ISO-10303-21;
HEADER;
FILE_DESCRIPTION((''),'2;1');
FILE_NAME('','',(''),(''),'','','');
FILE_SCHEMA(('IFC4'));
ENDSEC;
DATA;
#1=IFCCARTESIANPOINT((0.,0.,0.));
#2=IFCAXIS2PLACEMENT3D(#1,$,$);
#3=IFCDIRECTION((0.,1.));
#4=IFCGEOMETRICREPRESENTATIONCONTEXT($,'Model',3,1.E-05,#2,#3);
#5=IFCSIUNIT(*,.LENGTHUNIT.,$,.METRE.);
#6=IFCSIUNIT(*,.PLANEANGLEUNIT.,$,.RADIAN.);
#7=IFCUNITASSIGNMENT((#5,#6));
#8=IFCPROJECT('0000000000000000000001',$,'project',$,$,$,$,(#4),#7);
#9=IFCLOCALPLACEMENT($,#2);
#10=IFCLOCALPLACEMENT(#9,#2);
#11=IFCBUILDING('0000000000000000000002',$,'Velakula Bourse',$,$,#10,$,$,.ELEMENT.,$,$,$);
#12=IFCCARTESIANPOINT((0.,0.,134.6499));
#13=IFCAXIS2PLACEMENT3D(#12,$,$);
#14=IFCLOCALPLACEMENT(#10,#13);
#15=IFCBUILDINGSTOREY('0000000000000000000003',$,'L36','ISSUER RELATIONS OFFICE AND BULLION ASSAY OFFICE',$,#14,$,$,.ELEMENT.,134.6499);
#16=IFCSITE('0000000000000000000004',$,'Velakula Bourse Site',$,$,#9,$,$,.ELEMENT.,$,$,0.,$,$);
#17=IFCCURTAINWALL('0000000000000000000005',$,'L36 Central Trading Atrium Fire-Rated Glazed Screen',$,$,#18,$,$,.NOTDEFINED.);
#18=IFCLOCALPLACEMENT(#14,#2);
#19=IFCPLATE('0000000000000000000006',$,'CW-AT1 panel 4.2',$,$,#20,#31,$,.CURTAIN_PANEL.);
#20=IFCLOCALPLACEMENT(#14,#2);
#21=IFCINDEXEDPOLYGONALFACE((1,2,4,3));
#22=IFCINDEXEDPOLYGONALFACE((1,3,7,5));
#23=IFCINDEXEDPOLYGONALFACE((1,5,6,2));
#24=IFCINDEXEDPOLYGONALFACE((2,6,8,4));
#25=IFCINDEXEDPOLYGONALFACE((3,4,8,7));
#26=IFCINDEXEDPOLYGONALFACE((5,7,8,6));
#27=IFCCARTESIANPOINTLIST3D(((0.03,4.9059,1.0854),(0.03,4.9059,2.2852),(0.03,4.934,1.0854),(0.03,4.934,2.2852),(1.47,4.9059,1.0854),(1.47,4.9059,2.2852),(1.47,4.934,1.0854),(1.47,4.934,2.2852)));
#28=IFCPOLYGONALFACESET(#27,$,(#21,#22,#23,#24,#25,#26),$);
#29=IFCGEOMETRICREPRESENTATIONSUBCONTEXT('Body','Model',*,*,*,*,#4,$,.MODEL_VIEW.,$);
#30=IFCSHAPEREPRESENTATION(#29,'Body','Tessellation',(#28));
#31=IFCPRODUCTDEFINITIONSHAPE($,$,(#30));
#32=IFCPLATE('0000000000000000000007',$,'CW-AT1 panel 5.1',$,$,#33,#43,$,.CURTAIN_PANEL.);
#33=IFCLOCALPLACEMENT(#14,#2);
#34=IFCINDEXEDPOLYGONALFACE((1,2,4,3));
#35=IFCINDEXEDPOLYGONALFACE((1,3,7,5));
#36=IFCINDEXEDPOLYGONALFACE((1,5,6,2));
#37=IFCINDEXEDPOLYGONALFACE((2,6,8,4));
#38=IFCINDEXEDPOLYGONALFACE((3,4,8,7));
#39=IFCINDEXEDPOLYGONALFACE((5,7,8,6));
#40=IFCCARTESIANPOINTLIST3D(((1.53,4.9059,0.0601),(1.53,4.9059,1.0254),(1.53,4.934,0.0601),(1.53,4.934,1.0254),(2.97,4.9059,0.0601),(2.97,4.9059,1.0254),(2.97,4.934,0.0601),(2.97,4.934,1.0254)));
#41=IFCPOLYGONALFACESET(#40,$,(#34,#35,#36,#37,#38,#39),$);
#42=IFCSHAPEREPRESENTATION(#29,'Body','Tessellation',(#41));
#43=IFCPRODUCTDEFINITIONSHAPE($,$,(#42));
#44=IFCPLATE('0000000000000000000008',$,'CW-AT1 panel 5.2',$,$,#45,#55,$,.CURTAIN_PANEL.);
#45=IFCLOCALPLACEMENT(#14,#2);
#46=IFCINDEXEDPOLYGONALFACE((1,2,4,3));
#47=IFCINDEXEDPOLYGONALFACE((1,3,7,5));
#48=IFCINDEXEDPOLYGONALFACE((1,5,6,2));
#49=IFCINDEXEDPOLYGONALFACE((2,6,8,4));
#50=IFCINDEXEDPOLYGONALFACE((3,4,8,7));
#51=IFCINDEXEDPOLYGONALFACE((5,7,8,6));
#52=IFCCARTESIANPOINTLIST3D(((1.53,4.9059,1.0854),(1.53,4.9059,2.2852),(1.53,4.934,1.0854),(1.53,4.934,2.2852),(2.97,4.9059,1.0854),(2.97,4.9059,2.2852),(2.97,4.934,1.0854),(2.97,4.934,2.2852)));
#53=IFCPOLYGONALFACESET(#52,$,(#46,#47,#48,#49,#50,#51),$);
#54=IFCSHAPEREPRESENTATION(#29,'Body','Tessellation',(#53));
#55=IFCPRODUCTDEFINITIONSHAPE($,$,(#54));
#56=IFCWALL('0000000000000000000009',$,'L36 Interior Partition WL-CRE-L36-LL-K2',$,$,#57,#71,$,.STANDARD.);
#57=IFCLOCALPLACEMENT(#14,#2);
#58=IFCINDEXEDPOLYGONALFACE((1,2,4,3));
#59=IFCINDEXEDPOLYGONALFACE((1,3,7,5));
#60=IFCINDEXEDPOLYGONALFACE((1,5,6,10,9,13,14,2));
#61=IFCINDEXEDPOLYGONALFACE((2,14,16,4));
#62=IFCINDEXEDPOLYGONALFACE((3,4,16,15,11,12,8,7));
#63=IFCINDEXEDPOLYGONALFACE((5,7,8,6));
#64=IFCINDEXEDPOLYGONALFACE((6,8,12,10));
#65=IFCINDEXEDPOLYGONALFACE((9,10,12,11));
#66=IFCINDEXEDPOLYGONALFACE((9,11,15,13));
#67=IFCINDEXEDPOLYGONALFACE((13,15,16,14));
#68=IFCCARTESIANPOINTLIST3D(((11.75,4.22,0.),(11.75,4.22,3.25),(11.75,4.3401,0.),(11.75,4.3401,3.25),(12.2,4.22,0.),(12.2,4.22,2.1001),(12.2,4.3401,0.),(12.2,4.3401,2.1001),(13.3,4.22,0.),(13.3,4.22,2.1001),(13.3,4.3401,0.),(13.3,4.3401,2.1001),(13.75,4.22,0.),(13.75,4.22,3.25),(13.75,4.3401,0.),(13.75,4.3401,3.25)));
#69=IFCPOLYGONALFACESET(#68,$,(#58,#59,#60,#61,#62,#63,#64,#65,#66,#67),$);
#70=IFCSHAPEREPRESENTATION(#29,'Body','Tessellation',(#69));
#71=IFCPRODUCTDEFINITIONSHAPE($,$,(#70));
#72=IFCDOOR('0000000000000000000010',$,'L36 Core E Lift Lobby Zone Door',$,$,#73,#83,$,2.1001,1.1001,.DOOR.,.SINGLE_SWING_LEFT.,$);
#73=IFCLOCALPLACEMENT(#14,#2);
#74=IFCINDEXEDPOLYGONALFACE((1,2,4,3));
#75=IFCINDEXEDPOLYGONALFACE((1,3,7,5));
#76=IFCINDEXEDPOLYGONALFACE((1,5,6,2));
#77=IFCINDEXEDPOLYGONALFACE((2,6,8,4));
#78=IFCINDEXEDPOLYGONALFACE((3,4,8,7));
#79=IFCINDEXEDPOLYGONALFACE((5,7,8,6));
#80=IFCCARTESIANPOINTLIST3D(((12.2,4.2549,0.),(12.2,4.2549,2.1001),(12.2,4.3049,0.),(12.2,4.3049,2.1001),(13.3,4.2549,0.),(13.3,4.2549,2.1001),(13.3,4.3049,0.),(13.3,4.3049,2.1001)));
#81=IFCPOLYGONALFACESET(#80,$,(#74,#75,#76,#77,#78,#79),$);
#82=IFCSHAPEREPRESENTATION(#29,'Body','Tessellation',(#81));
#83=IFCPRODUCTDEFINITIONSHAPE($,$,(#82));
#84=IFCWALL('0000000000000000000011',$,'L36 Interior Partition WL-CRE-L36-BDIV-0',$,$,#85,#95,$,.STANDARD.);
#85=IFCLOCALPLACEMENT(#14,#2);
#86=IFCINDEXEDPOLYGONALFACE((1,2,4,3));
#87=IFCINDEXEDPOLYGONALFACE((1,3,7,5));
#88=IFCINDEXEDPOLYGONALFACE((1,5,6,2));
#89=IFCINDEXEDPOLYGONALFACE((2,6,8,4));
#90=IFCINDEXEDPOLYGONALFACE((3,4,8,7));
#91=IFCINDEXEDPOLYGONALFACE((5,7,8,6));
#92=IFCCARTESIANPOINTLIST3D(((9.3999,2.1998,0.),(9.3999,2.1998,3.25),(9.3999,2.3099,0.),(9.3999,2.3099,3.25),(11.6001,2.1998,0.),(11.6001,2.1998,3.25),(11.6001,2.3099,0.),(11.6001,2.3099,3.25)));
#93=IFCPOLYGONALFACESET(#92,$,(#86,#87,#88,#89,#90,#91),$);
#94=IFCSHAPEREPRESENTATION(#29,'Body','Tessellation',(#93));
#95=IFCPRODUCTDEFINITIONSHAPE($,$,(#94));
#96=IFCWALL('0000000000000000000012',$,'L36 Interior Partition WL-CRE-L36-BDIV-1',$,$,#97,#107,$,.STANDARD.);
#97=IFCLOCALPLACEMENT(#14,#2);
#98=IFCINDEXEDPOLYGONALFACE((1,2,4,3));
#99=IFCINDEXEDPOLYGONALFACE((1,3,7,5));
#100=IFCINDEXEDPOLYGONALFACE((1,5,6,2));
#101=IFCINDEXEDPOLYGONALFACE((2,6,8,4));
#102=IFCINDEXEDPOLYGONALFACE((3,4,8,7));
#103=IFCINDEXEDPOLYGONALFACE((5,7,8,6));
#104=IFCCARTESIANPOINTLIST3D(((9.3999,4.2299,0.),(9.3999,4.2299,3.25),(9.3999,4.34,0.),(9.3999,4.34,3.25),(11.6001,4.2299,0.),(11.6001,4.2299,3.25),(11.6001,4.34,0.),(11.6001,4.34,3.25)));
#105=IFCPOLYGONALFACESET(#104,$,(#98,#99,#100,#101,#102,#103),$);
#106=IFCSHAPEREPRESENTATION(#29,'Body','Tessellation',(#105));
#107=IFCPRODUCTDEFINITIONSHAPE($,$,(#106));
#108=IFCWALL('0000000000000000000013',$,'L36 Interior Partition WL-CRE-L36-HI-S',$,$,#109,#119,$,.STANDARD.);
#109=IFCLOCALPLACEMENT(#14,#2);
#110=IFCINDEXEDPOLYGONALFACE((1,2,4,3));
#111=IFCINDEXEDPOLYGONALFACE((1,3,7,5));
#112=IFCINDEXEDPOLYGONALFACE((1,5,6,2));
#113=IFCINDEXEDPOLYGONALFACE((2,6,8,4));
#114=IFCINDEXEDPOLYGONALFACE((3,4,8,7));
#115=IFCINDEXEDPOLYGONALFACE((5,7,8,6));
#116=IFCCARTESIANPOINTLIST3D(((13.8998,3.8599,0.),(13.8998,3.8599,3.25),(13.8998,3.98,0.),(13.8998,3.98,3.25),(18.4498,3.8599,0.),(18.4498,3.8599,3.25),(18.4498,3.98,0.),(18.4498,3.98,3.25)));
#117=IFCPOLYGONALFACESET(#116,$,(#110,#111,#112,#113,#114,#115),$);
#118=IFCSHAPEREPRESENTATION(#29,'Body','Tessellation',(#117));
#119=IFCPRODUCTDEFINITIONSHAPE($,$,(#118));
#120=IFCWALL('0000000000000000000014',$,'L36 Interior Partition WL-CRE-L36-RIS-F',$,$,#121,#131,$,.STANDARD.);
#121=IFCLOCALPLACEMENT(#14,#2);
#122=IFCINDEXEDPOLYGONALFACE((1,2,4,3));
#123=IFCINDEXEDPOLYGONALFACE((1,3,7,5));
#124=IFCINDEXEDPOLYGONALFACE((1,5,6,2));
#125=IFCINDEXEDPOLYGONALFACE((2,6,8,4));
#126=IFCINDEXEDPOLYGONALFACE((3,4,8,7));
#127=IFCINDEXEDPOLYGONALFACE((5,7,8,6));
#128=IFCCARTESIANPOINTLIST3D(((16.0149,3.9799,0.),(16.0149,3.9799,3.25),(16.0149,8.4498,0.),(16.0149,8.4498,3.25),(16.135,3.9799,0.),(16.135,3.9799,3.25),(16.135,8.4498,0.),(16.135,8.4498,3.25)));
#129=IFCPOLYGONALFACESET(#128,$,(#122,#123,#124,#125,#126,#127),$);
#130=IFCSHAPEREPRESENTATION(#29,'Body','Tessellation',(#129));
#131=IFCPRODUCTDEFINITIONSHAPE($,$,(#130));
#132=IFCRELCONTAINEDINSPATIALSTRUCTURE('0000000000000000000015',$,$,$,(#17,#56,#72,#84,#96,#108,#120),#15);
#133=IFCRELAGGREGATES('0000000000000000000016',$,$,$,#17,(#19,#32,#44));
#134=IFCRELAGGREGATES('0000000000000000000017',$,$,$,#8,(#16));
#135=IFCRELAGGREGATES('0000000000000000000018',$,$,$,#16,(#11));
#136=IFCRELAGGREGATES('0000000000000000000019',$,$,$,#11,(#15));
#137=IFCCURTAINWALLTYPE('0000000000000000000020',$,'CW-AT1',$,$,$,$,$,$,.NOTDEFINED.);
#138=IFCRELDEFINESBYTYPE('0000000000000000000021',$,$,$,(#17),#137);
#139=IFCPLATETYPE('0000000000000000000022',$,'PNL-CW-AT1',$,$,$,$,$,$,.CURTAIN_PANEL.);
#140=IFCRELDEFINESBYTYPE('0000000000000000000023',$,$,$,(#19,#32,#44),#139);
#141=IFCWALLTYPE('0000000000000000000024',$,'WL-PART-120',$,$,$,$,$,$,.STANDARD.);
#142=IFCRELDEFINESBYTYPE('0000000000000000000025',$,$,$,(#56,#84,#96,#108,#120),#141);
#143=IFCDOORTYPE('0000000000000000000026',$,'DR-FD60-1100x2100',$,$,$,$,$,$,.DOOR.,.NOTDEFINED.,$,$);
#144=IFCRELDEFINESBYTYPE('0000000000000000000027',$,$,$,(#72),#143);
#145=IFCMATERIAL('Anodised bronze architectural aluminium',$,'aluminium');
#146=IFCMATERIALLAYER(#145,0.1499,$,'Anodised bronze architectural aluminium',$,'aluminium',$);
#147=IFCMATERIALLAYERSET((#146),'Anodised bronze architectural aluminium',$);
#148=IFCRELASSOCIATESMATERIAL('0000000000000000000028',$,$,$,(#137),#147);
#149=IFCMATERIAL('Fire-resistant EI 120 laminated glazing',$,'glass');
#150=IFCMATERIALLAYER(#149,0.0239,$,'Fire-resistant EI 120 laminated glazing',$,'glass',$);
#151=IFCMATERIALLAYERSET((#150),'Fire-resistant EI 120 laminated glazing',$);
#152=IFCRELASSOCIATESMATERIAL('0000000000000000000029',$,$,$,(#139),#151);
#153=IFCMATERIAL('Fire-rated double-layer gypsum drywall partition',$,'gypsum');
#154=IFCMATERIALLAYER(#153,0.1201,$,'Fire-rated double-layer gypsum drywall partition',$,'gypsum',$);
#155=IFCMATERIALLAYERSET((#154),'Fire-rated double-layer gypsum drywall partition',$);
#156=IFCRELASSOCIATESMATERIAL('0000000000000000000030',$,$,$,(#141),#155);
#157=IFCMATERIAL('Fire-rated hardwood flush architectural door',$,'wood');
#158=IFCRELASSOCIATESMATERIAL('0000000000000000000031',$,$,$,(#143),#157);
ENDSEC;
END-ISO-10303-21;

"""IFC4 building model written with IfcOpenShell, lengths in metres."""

from ifc_helpers import new_model, si_unit, direction, frame, frame_2d, origin, origin_2d, place, context, subcontext, project, spatial, rectangle, extrude, material, layer, layer_set, type_object, element, fill, aggregate, save


model = new_model("IFC4")

# Units and contexts
model_context = context("Model", 3, precision=1e-05, world=origin(), true_north=direction((0.0, 1.0)))
body_context = subcontext(model_context, "Body", "Model", "MODEL_VIEW")
ifc_project = project(units=[si_unit("LENGTHUNIT", "METRE"), si_unit("PLANEANGLEUNIT", "RADIAN")], contexts=[model_context])

# Site, building, storey
site_placement = place(None, origin())
site = spatial("IfcSite", under=ifc_project, at=site_placement, Name="Velakula Bourse Site", CompositionType="ELEMENT", RefElevation=0.0)
building_placement = place(site_placement, origin())
building = spatial("IfcBuilding", under=site, at=building_placement, Name="Velakula Bourse", CompositionType="ELEMENT")
storey_placement = place(building_placement, frame((0.0, 0.0, 134.6499)))
storey = spatial("IfcBuildingStorey", under=building, at=storey_placement, Name="L36", Description="ISSUER RELATIONS OFFICE AND BULLION ASSAY OFFICE", CompositionType="ELEMENT", Elevation=134.6499)

# Curtain wall, plates
ifc_material_1 = material(Name="Anodised bronze architectural aluminium", Category="aluminium")
ifc_layer_1 = layer(ifc_material_1, 0.1499, Name="Anodised bronze architectural aluminium", Category="aluminium")
ifc_layer_set_1 = layer_set([ifc_layer_1], Name="Anodised bronze architectural aluminium")
curtain_wall_type = type_object("IfcCurtainWallType", Name="CW-AT1", PredefinedType="NOTDEFINED", material=ifc_layer_set_1)
curtain_wall_placement = place(storey_placement, origin())
curtain_wall = element("IfcCurtainWall", 1, at=curtain_wall_placement, inside=storey, type_object=curtain_wall_type, Name="L36 Central Trading Atrium Fire-Rated Glazed Screen", PredefinedType="NOTDEFINED")
ifc_material_2 = material(Name="Fire-resistant EI 120 laminated glazing", Category="glass")
ifc_layer_2 = layer(ifc_material_2, 0.0239, Name="Fire-resistant EI 120 laminated glazing", Category="glass")
ifc_layer_set_2 = layer_set([ifc_layer_2], Name="Fire-resistant EI 120 laminated glazing")
plate_type = type_object("IfcPlateType", Name="PNL-CW-AT1", PredefinedType="CURTAIN_PANEL", material=ifc_layer_set_2)
plate_1_placement = place(storey_placement, frame((0.75, 4.9199, 1.0854), z_axis=(0.0, 0.0, 1.0), x_axis=(1.0, 0.0, 0.0)))
plate_1 = element("IfcPlate", 2, at=plate_1_placement, type_object=plate_type, Name="CW-AT1 panel 4.2", PredefinedType="CURTAIN_PANEL", context=body_context, shape_type="SweptSolid", body=[
    extrude(rectangle(XDim=1.4399, YDim=0.0281, at=origin_2d()), origin(), (0.0, 0.0, 1.0), 1.1997),
])
plate_2_placement = place(storey_placement, frame((2.25, 4.9199, 0.0601), z_axis=(0.0, 0.0, 1.0), x_axis=(1.0, 0.0, 0.0)))
plate_2 = element("IfcPlate", 3, at=plate_2_placement, type_object=plate_type, Name="CW-AT1 panel 5.1", PredefinedType="CURTAIN_PANEL", context=body_context, shape_type="SweptSolid", body=[
    extrude(rectangle(XDim=1.4399, YDim=0.0281, at=origin_2d()), origin(), (0.0, 0.0, 1.0), 0.9653),
])
plate_3_placement = place(storey_placement, frame((2.25, 4.9199, 1.0854), z_axis=(0.0, 0.0, 1.0), x_axis=(1.0, 0.0, 0.0)))
plate_3 = element("IfcPlate", 4, at=plate_3_placement, type_object=plate_type, Name="CW-AT1 panel 5.2", PredefinedType="CURTAIN_PANEL", context=body_context, shape_type="SweptSolid", body=[
    extrude(rectangle(XDim=1.4399, YDim=0.0281, at=origin_2d()), origin(), (0.0, 0.0, 1.0), 1.1997),
])
aggregate(curtain_wall, [plate_1, plate_2, plate_3])

# Wall, opening, door
ifc_material_3 = material(Name="Fire-rated double-layer gypsum drywall partition", Category="gypsum")
ifc_layer_3 = layer(ifc_material_3, 0.1201, Name="Fire-rated double-layer gypsum drywall partition", Category="gypsum")
ifc_layer_set_3 = layer_set([ifc_layer_3], Name="Fire-rated double-layer gypsum drywall partition")
wall_type = type_object("IfcWallType", Name="WL-PART-120", PredefinedType="STANDARD", material=ifc_layer_set_3)
wall_1_placement = place(storey_placement, frame((11.75, 4.28, 0.0), z_axis=(0.0, 0.0, 1.0), x_axis=(1.0, 0.0, 0.0)))
wall_1 = element("IfcWall", 5, at=wall_1_placement, inside=storey, type_object=wall_type, Name="L36 Interior Partition WL-CRE-L36-LL-K2", PredefinedType="STANDARD", context=body_context, shape_type="SweptSolid", body=[
    extrude(rectangle(XDim=2.0, YDim=0.1201, at=frame_2d((1.0, 0.0))), origin(), (0.0, 0.0, 1.0), 3.25),
])
opening_placement = place(wall_1_placement, frame((0.45, 0.0, 0.0)))
opening = element("IfcOpeningElement", 6, at=opening_placement, cuts=wall_1, PredefinedType="OPENING", context=body_context, shape_type="SweptSolid", body=[
    extrude(rectangle(XDim=1.1001, YDim=2.1001, at=frame_2d((0.55, 1.05))), frame((0.0, 0.0701, 0.0), z_axis=(0.0, -1.0, 0.0), x_axis=(1.0, 0.0, 0.0)), (0.0, 0.0, 1.0), 0.1401),
])
ifc_material_4 = material(Name="Fire-rated hardwood flush architectural door", Category="wood")
door_type = type_object("IfcDoorType", Name="DR-FD60-1100x2100", OperationType="NOTDEFINED", PredefinedType="DOOR", material=ifc_material_4)
door_placement = place(opening_placement, origin())
door = element("IfcDoor", 7, at=door_placement, inside=storey, type_object=door_type, Name="L36 Core E Lift Lobby Zone Door", OperationType="SINGLE_SWING_LEFT", OverallHeight=2.1001, OverallWidth=1.1001, PredefinedType="DOOR", context=body_context, shape_type="SweptSolid", body=[
    extrude(rectangle(XDim=1.1001, YDim=2.1001, at=frame_2d((0.55, 1.05))), frame((0.0, 0.0249, 0.0), z_axis=(0.0, -1.0, 0.0), x_axis=(1.0, 0.0, 0.0)), (0.0, 0.0, 1.0), 0.05),
])
fill(opening, door)

# Walls
for number, where, z_axis, x_axis, name in (
    (8, (9.3999, 2.2549, 0.0), (0.0, 0.0, 1.0), (1.0, 0.0, 0.0), "L36 Interior Partition WL-CRE-L36-BDIV-0"),
    (9, (9.3999, 4.2849, 0.0), (0.0, 0.0, 1.0), (1.0, 0.0, 0.0), "L36 Interior Partition WL-CRE-L36-BDIV-1"),
):
    element("IfcWall", number, at=place(storey_placement, frame(where, z_axis=z_axis, x_axis=x_axis)), inside=storey, type_object=wall_type, Name=name, PredefinedType="STANDARD", context=body_context, shape_type="SweptSolid", body=[
        extrude(rectangle(XDim=2.2002, YDim=0.1101, at=frame_2d((1.1001, 0.0))), origin(), (0.0, 0.0, 1.0), 3.25),
    ])
wall_2_placement = place(storey_placement, frame((13.8999, 3.9199, 0.0), z_axis=(0.0, 0.0, 1.0), x_axis=(1.0, 0.0, 0.0)))
element("IfcWall", 10, at=wall_2_placement, inside=storey, type_object=wall_type, Name="L36 Interior Partition WL-CRE-L36-HI-S", PredefinedType="STANDARD", context=body_context, shape_type="SweptSolid", body=[
    extrude(rectangle(XDim=4.55, YDim=0.1201, at=frame_2d((2.2749, 0.0))), origin(), (0.0, 0.0, 1.0), 3.25),
])
wall_3_placement = place(storey_placement, frame((16.075, 3.98, 0.0), z_axis=(0.0, 0.0, 1.0), x_axis=(0.0, 1.0, 0.0)))
element("IfcWall", 11, at=wall_3_placement, inside=storey, type_object=wall_type, Name="L36 Interior Partition WL-CRE-L36-RIS-F", PredefinedType="STANDARD", context=body_context, shape_type="SweptSolid", body=[
    extrude(rectangle(XDim=4.47, YDim=0.1201, at=frame_2d((2.2349, 0.0))), origin(), (0.0, 0.0, 1.0), 3.25),
])

save(model, "model.ifc")
